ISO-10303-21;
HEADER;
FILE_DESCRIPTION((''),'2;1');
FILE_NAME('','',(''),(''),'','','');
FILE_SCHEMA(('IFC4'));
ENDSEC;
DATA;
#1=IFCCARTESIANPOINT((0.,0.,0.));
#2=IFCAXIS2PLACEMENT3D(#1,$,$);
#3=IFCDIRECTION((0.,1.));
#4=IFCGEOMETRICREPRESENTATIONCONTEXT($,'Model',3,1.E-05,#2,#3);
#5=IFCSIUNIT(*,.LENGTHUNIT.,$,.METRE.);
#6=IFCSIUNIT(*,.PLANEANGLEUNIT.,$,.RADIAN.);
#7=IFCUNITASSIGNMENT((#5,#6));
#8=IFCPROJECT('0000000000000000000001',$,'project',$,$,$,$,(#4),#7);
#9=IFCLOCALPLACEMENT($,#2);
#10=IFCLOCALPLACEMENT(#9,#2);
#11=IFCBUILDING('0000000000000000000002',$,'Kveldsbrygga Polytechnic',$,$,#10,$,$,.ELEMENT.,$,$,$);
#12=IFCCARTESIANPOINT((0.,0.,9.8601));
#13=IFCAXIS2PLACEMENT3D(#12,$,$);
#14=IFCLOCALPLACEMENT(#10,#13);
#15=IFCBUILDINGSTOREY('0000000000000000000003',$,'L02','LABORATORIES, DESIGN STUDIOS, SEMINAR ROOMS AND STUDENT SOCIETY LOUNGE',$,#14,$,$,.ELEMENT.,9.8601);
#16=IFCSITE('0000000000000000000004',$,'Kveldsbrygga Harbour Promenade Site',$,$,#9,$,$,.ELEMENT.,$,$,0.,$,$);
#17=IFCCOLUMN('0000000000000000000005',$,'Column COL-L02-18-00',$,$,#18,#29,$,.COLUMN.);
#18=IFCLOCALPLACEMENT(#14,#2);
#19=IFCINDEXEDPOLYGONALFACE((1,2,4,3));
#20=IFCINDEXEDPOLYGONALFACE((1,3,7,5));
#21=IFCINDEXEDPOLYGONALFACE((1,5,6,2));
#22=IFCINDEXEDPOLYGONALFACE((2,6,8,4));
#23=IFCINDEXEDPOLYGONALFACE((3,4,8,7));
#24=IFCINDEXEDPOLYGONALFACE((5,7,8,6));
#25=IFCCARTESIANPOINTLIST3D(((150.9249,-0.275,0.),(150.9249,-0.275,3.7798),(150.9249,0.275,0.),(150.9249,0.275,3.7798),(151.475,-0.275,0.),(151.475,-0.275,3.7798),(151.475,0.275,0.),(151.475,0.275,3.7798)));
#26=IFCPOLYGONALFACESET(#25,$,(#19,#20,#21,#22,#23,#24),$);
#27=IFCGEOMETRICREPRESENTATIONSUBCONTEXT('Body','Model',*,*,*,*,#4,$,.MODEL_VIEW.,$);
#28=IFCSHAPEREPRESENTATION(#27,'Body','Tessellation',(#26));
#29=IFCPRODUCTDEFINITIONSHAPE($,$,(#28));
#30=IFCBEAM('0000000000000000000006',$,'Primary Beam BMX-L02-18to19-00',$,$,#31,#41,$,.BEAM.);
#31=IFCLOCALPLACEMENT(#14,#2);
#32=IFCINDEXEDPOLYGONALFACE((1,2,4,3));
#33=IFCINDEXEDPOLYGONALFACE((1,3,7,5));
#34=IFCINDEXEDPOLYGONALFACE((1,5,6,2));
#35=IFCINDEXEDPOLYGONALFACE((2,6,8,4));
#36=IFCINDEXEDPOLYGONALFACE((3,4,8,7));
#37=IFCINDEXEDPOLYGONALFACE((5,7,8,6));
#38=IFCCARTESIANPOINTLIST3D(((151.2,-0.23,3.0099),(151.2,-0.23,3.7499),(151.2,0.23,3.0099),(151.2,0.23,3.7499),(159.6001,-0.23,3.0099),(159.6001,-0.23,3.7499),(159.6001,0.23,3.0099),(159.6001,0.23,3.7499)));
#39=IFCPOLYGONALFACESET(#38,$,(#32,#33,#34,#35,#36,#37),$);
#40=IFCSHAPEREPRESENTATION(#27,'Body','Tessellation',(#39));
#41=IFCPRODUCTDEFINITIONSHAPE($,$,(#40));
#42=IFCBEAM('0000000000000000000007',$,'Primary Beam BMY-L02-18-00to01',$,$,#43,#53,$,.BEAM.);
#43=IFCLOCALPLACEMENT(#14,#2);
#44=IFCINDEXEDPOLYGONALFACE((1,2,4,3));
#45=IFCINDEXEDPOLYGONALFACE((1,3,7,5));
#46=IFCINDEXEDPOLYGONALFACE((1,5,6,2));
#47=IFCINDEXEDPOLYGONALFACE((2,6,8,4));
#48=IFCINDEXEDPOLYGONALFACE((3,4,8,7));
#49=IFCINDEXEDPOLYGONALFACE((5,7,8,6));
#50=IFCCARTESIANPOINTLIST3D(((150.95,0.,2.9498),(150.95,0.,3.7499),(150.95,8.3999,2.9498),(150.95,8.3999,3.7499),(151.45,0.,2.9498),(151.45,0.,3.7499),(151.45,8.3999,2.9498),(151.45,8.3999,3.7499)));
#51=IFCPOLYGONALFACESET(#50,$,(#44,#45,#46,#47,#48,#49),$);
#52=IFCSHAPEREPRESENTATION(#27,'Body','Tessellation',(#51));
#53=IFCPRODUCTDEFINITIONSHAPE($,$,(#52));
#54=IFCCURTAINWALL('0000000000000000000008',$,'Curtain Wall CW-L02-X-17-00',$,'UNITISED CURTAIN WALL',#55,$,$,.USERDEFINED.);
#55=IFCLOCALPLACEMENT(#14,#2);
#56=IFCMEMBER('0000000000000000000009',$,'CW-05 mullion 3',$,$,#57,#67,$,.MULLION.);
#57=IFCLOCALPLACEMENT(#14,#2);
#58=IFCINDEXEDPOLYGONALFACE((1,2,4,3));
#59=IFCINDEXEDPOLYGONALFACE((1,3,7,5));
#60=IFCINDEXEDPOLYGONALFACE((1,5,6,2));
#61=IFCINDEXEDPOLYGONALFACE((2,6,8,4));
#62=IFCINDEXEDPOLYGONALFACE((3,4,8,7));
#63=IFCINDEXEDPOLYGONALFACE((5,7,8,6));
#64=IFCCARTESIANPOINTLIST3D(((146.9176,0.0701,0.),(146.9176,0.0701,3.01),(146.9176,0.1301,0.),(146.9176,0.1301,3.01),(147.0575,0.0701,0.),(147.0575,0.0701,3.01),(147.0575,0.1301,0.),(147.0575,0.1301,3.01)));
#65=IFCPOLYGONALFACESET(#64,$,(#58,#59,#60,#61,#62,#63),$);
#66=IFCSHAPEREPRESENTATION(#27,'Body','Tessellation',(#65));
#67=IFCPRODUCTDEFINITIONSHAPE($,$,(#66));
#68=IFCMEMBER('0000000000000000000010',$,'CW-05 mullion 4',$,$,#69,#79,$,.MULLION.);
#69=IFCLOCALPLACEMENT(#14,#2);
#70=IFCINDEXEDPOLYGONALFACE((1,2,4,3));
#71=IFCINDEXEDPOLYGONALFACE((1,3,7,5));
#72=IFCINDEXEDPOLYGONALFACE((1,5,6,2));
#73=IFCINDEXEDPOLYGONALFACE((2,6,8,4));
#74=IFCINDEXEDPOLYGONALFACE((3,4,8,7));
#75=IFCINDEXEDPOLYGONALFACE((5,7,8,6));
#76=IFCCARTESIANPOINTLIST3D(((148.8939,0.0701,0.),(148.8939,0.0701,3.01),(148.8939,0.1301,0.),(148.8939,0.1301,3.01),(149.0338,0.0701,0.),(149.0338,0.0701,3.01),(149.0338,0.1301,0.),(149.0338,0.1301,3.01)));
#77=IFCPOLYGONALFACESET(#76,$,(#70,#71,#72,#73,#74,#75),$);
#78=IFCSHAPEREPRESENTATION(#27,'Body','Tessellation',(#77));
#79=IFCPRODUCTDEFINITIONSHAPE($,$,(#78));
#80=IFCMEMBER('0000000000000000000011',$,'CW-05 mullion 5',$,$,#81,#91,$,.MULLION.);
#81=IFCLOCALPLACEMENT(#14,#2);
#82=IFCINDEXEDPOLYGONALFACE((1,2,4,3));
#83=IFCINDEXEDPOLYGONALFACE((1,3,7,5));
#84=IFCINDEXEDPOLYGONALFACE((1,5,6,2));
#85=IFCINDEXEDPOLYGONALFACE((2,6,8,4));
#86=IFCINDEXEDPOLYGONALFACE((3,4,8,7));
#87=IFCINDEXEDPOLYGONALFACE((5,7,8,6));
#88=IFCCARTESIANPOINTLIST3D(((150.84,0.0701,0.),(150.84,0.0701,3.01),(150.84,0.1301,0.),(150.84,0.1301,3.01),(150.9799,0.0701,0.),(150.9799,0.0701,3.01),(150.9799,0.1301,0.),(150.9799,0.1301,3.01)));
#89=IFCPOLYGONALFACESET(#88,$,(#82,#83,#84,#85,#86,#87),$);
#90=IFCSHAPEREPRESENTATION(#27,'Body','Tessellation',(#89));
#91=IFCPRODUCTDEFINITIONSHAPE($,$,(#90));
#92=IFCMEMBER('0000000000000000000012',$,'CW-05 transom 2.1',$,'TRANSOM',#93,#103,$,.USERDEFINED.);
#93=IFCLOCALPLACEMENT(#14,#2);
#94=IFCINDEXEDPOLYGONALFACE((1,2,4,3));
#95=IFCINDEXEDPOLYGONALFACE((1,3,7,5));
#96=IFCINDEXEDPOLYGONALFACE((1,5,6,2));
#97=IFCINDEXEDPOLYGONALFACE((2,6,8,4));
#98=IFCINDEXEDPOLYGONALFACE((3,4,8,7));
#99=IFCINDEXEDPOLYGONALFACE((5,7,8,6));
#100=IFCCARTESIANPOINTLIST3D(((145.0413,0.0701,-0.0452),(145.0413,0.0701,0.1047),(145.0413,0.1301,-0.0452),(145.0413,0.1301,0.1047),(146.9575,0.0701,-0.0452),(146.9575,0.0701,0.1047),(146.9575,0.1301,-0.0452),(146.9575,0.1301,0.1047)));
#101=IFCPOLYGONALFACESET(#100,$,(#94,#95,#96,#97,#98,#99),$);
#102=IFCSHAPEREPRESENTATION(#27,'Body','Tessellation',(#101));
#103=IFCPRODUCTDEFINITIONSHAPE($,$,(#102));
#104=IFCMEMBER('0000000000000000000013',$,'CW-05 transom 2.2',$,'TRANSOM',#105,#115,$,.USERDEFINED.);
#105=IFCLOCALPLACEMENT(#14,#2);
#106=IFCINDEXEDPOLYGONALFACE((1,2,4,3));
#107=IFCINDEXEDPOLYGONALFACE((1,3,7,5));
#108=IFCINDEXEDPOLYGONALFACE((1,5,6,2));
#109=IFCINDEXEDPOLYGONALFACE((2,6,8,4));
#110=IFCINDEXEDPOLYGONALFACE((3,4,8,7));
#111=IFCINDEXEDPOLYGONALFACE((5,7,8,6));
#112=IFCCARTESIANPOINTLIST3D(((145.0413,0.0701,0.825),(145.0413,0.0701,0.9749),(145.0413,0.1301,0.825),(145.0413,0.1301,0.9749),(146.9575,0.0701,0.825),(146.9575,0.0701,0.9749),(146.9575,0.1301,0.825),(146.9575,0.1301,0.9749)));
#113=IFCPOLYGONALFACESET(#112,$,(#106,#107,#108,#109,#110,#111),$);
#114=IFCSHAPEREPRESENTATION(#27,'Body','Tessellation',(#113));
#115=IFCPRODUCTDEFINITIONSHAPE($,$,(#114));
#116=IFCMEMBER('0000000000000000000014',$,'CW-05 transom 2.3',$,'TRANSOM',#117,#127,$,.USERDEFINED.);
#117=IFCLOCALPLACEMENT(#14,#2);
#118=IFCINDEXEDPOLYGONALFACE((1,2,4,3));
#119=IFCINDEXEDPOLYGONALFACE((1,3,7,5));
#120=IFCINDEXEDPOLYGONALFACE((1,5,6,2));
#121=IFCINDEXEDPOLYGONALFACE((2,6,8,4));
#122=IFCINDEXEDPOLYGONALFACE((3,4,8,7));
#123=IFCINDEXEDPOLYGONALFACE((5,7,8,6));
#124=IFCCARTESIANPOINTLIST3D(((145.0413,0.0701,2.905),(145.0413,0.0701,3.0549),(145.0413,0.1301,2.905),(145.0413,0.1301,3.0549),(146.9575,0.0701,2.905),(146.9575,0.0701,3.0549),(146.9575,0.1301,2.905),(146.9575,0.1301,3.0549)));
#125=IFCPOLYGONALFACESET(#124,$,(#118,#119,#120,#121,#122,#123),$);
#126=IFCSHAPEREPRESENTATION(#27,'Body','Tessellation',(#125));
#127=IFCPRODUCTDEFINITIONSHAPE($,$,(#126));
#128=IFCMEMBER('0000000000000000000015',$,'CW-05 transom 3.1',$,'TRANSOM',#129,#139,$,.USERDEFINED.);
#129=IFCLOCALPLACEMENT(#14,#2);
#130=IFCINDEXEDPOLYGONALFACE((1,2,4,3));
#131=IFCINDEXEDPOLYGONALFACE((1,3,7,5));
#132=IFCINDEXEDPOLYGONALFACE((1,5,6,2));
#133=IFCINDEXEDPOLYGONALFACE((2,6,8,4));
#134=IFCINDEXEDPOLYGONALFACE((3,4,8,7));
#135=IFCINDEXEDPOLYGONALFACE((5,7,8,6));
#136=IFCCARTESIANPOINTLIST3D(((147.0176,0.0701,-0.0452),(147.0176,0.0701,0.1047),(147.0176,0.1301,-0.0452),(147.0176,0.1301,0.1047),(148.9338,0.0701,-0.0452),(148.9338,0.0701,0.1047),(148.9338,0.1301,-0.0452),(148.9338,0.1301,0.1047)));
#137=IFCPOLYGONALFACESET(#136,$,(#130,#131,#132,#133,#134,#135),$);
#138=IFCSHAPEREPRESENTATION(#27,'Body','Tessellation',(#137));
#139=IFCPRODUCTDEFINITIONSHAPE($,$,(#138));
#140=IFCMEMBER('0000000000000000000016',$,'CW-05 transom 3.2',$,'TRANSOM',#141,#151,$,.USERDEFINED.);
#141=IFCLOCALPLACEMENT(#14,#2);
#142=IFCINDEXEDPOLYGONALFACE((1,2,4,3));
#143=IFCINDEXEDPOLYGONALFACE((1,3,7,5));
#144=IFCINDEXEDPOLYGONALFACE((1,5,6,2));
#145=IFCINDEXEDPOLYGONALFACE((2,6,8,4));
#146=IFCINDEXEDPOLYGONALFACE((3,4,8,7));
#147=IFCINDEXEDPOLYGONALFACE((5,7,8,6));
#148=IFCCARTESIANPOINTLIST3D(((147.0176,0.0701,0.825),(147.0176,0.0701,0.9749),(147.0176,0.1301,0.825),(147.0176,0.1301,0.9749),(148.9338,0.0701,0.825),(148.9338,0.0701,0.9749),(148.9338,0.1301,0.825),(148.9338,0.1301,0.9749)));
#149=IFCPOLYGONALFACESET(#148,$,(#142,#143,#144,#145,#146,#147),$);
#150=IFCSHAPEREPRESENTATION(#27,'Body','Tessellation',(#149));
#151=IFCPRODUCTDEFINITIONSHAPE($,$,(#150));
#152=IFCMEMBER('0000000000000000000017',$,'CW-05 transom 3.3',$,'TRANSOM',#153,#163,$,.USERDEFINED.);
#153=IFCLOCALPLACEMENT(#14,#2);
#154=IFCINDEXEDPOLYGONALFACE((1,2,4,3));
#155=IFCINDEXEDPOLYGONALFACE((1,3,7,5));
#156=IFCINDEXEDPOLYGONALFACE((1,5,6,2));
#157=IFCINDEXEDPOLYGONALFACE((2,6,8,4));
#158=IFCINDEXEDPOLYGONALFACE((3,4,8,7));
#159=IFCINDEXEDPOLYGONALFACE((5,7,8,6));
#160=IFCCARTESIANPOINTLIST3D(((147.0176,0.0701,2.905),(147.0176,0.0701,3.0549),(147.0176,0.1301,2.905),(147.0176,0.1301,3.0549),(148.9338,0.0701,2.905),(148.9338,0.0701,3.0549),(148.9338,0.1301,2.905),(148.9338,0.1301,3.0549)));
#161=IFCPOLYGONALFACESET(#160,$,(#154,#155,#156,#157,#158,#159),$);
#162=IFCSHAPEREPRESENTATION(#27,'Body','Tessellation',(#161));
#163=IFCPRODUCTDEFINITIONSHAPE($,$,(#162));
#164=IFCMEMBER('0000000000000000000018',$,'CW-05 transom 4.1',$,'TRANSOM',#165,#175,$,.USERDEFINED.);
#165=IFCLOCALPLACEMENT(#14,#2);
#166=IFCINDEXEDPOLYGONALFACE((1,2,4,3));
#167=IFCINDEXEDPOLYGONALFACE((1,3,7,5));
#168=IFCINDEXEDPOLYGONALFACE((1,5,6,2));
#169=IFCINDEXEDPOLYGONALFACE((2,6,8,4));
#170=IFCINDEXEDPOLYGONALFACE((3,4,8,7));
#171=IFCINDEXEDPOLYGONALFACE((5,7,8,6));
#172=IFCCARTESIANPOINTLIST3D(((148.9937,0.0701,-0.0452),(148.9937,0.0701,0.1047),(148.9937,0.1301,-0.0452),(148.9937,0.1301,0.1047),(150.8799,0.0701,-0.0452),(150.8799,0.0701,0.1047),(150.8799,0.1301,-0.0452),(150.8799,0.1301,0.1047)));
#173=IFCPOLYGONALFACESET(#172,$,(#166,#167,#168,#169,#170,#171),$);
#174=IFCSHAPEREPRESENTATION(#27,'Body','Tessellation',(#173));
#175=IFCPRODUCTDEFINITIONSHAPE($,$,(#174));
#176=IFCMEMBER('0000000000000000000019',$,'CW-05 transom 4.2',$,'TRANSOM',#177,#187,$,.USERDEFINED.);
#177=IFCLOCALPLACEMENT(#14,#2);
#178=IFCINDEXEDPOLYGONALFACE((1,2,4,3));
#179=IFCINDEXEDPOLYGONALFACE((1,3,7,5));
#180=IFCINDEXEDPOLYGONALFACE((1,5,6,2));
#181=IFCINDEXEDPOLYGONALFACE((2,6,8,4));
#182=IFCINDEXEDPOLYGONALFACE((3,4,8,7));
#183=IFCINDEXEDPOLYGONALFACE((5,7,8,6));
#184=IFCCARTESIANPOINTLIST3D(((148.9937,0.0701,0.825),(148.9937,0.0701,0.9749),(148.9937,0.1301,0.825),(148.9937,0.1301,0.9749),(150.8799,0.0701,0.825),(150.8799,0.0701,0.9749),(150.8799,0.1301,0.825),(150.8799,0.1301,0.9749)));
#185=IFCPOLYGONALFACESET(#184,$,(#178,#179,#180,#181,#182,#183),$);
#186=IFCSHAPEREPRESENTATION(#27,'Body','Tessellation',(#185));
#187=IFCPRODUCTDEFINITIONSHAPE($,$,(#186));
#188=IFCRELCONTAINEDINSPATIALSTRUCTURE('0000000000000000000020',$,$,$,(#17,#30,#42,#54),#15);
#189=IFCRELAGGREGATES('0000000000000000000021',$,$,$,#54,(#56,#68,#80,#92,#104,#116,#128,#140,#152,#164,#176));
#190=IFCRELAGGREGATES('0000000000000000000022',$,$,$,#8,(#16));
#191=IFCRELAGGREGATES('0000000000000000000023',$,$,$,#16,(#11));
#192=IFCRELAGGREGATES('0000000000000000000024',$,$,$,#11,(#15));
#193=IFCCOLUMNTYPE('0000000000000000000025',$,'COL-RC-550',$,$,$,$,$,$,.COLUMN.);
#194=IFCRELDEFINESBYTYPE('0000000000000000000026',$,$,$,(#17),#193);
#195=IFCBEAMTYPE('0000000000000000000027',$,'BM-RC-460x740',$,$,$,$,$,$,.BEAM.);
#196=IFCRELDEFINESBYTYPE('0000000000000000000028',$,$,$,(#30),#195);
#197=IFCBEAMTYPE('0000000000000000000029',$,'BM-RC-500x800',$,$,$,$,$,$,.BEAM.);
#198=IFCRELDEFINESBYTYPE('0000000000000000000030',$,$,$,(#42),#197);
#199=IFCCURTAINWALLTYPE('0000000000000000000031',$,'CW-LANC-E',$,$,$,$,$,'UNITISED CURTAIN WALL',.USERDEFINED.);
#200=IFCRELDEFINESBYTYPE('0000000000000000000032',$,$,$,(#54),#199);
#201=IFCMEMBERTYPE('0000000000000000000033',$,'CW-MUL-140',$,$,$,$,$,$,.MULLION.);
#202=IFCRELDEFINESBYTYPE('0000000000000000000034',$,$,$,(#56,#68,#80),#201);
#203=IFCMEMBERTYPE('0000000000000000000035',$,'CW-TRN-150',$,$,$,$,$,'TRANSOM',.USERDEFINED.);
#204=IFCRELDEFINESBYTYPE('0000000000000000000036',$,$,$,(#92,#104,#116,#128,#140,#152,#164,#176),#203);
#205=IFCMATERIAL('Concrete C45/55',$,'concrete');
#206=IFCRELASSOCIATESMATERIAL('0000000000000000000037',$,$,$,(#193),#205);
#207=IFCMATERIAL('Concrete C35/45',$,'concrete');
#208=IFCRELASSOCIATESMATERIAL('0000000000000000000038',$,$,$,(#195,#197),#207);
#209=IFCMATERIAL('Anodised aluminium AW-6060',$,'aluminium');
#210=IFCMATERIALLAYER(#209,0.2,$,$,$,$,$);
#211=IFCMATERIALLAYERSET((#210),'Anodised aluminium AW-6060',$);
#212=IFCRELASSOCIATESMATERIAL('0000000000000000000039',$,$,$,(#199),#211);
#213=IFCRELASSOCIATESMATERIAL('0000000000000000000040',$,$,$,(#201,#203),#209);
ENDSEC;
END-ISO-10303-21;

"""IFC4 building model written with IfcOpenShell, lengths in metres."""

from ifc_helpers import new_model, si_unit, direction, frame, origin, origin_2d, place, context, subcontext, project, spatial, rectangle, extrude, material, layer, layer_set, material_profile, profile_set, type_object, element, aggregate, save


model = new_model("IFC4")

# Units and contexts
model_context = context("Model", 3, precision=1e-05, world=origin(), true_north=direction((0.0, 1.0)))
body_context = subcontext(model_context, "Body", "Model", "MODEL_VIEW")
ifc_project = project(units=[si_unit("LENGTHUNIT", "METRE"), si_unit("PLANEANGLEUNIT", "RADIAN")], contexts=[model_context])

# Site, building, storey
site_placement = place(None, origin())
site = spatial("IfcSite", under=ifc_project, at=site_placement, Name="Kveldsbrygga Harbour Promenade Site", CompositionType="ELEMENT", RefElevation=0.0)
building_placement = place(site_placement, origin())
building = spatial("IfcBuilding", under=site, at=building_placement, Name="Kveldsbrygga Polytechnic", CompositionType="ELEMENT")
storey_placement = place(building_placement, frame((0.0, 0.0, 9.8601)))
storey = spatial("IfcBuildingStorey", under=building, at=storey_placement, Name="L02", Description="LABORATORIES, DESIGN STUDIOS, SEMINAR ROOMS AND STUDENT SOCIETY LOUNGE", CompositionType="ELEMENT", Elevation=9.8601)

# Column
ifc_material_1 = material(Name="Concrete C45/55", Category="concrete")
ifc_material_profile_1 = material_profile(ifc_material_1, rectangle(XDim=0.55, YDim=0.55, at=origin_2d()), Name="RC 550x550")
ifc_profile_set_1 = profile_set([ifc_material_profile_1], Name="Concrete C45/55")
column_type = type_object("IfcColumnType", Name="COL-RC-550", PredefinedType="COLUMN", material=ifc_profile_set_1)
column_placement = place(storey_placement, frame((151.2, 0.0, 0.0), z_axis=(0.0, 0.0, 1.0), x_axis=(1.0, 0.0, 0.0)))
element("IfcColumn", 1, at=column_placement, inside=storey, type_object=column_type, Name="Column COL-L02-18-00", PredefinedType="COLUMN", context=body_context, shape_type="SweptSolid", body=[
    extrude(rectangle(XDim=0.55, YDim=0.55, at=origin_2d()), origin(), (0.0, 0.0, 1.0), 3.7798),
])

# Beams
ifc_material_2 = material(Name="Concrete C35/45", Category="concrete")
ifc_material_profile_2 = material_profile(ifc_material_2, rectangle(XDim=0.46, YDim=0.74, at=origin_2d()), Name="RC 460x740")
ifc_profile_set_2 = profile_set([ifc_material_profile_2], Name="Concrete C35/45")
beam_type_1 = type_object("IfcBeamType", Name="BM-RC-460x740", PredefinedType="BEAM", material=ifc_profile_set_2)
beam_1_placement = place(storey_placement, frame((151.2, 0.0, 3.3799), z_axis=(1.0, 0.0, 0.0), x_axis=(0.0, 1.0, 0.0)))
element("IfcBeam", 2, at=beam_1_placement, inside=storey, type_object=beam_type_1, Name="Primary Beam BMX-L02-18to19-00", PredefinedType="BEAM", context=body_context, shape_type="SweptSolid", body=[
    extrude(rectangle(XDim=0.46, YDim=0.74, at=origin_2d()), origin(), (0.0, 0.0, 1.0), 8.4001),
])
ifc_material_profile_3 = material_profile(ifc_material_2, rectangle(XDim=0.5, YDim=0.8, at=origin_2d()), Name="RC 500x800")
ifc_profile_set_3 = profile_set([ifc_material_profile_3], Name="Concrete C35/45")
beam_type_2 = type_object("IfcBeamType", Name="BM-RC-500x800", PredefinedType="BEAM", material=ifc_profile_set_3)
beam_2_placement = place(storey_placement, frame((151.2, 0.0, 3.3499), z_axis=(0.0, 1.0, 0.0), x_axis=(-1.0, 0.0, 0.0)))
element("IfcBeam", 3, at=beam_2_placement, inside=storey, type_object=beam_type_2, Name="Primary Beam BMY-L02-18-00to01", PredefinedType="BEAM", context=body_context, shape_type="SweptSolid", body=[
    extrude(rectangle(XDim=0.5, YDim=0.8, at=origin_2d()), origin(), (0.0, 0.0, 1.0), 8.3999),
])

# Curtain wall, members
ifc_material_3 = material(Name="Anodised aluminium AW-6060", Category="aluminium")
ifc_layer_1 = layer(ifc_material_3, 0.2)
ifc_layer_set_1 = layer_set([ifc_layer_1], Name="Anodised aluminium AW-6060")
curtain_wall_type = type_object("IfcCurtainWallType", Name="CW-LANC-E", ElementType="UNITISED CURTAIN WALL", PredefinedType="USERDEFINED", material=ifc_layer_set_1)
curtain_wall_placement = place(storey_placement, origin())
curtain_wall = element("IfcCurtainWall", 4, at=curtain_wall_placement, inside=storey, type_object=curtain_wall_type, Name="Curtain Wall CW-L02-X-17-00", ObjectType="UNITISED CURTAIN WALL", PredefinedType="USERDEFINED")
ifc_material_profile_4 = material_profile(ifc_material_3, rectangle(XDim=0.0601, YDim=0.1399, at=origin_2d()), Name="ALU 60x140")
ifc_profile_set_4 = profile_set([ifc_material_profile_4], Name="Anodised aluminium AW-6060")
member_type_1 = type_object("IfcMemberType", Name="CW-MUL-140", PredefinedType="MULLION", material=ifc_profile_set_4)
member_1_placement = place(storey_placement, frame((146.9875, 0.1001, 0.0), z_axis=(0.0, 0.0, 1.0), x_axis=(0.0, 1.0, 0.0)))
member_1 = element("IfcMember", 5, at=member_1_placement, type_object=member_type_1, Name="CW-05 mullion 3", PredefinedType="MULLION", context=body_context, shape_type="SweptSolid", body=[
    extrude(rectangle(XDim=0.0601, YDim=0.1399, at=origin_2d()), origin(), (0.0, 0.0, 1.0), 3.01),
])
member_2_placement = place(storey_placement, frame((148.9639, 0.1001, 0.0), z_axis=(0.0, 0.0, 1.0), x_axis=(0.0, 1.0, 0.0)))
member_2 = element("IfcMember", 6, at=member_2_placement, type_object=member_type_1, Name="CW-05 mullion 4", PredefinedType="MULLION", context=body_context, shape_type="SweptSolid", body=[
    extrude(rectangle(XDim=0.0601, YDim=0.1399, at=origin_2d()), origin(), (0.0, 0.0, 1.0), 3.01),
])
member_3_placement = place(storey_placement, frame((150.9099, 0.1001, 0.0), z_axis=(0.0, 0.0, 1.0), x_axis=(0.0, 1.0, 0.0)))
member_3 = element("IfcMember", 7, at=member_3_placement, type_object=member_type_1, Name="CW-05 mullion 5", PredefinedType="MULLION", context=body_context, shape_type="SweptSolid", body=[
    extrude(rectangle(XDim=0.0601, YDim=0.1399, at=origin_2d()), origin(), (0.0, 0.0, 1.0), 3.01),
])
ifc_material_profile_5 = material_profile(ifc_material_3, rectangle(XDim=0.0601, YDim=0.1499, at=origin_2d()), Name="ALU 60x150")
ifc_profile_set_5 = profile_set([ifc_material_profile_5], Name="Anodised aluminium AW-6060")
member_type_2 = type_object("IfcMemberType", Name="CW-TRN-150", ElementType="TRANSOM", PredefinedType="USERDEFINED", material=ifc_profile_set_5)
member_4_placement = place(storey_placement, frame((145.0413, 0.1001, 0.0298), z_axis=(1.0, 0.0, 0.0), x_axis=(0.0, 1.0, 0.0)))
member_4 = element("IfcMember", 8, at=member_4_placement, type_object=member_type_2, Name="CW-05 transom 2.1", ObjectType="TRANSOM", PredefinedType="USERDEFINED", context=body_context, shape_type="SweptSolid", body=[
    extrude(rectangle(XDim=0.0601, YDim=0.1499, at=origin_2d()), origin(), (0.0, 0.0, 1.0), 1.9163),
])
member_5_placement = place(storey_placement, frame((145.0413, 0.1001, 0.8999), z_axis=(1.0, 0.0, 0.0), x_axis=(0.0, 1.0, 0.0)))
member_5 = element("IfcMember", 9, at=member_5_placement, type_object=member_type_2, Name="CW-05 transom 2.2", ObjectType="TRANSOM", PredefinedType="USERDEFINED", context=body_context, shape_type="SweptSolid", body=[
    extrude(rectangle(XDim=0.0601, YDim=0.1499, at=origin_2d()), origin(), (0.0, 0.0, 1.0), 1.9163),
])
member_6_placement = place(storey_placement, frame((145.0413, 0.1001, 2.98), z_axis=(1.0, 0.0, 0.0), x_axis=(0.0, 1.0, 0.0)))
member_6 = element("IfcMember", 10, at=member_6_placement, type_object=member_type_2, Name="CW-05 transom 2.3", ObjectType="TRANSOM", PredefinedType="USERDEFINED", context=body_context, shape_type="SweptSolid", body=[
    extrude(rectangle(XDim=0.0601, YDim=0.1499, at=origin_2d()), origin(), (0.0, 0.0, 1.0), 1.9163),
])
member_7_placement = place(storey_placement, frame((147.0176, 0.1001, 0.0298), z_axis=(1.0, 0.0, 0.0), x_axis=(0.0, 1.0, 0.0)))
member_7 = element("IfcMember", 11, at=member_7_placement, type_object=member_type_2, Name="CW-05 transom 3.1", ObjectType="TRANSOM", PredefinedType="USERDEFINED", context=body_context, shape_type="SweptSolid", body=[
    extrude(rectangle(XDim=0.0601, YDim=0.1499, at=origin_2d()), origin(), (0.0, 0.0, 1.0), 1.9163),
])
member_8_placement = place(storey_placement, frame((147.0176, 0.1001, 0.8999), z_axis=(1.0, 0.0, 0.0), x_axis=(0.0, 1.0, 0.0)))
member_8 = element("IfcMember", 12, at=member_8_placement, type_object=member_type_2, Name="CW-05 transom 3.2", ObjectType="TRANSOM", PredefinedType="USERDEFINED", context=body_context, shape_type="SweptSolid", body=[
    extrude(rectangle(XDim=0.0601, YDim=0.1499, at=origin_2d()), origin(), (0.0, 0.0, 1.0), 1.9163),
])
member_9_placement = place(storey_placement, frame((147.0176, 0.1001, 2.98), z_axis=(1.0, 0.0, 0.0), x_axis=(0.0, 1.0, 0.0)))
member_9 = element("IfcMember", 13, at=member_9_placement, type_object=member_type_2, Name="CW-05 transom 3.3", ObjectType="TRANSOM", PredefinedType="USERDEFINED", context=body_context, shape_type="SweptSolid", body=[
    extrude(rectangle(XDim=0.0601, YDim=0.1499, at=origin_2d()), origin(), (0.0, 0.0, 1.0), 1.9163),
])
member_10_placement = place(storey_placement, frame((148.9937, 0.1001, 0.0298), z_axis=(1.0, 0.0, 0.0), x_axis=(0.0, 1.0, 0.0)))
member_10 = element("IfcMember", 14, at=member_10_placement, type_object=member_type_2, Name="CW-05 transom 4.1", ObjectType="TRANSOM", PredefinedType="USERDEFINED", context=body_context, shape_type="SweptSolid", body=[
    extrude(rectangle(XDim=0.0601, YDim=0.1499, at=origin_2d()), origin(), (0.0, 0.0, 1.0), 1.8862),
])
member_11_placement = place(storey_placement, frame((148.9937, 0.1001, 0.8999), z_axis=(1.0, 0.0, 0.0), x_axis=(0.0, 1.0, 0.0)))
member_11 = element("IfcMember", 15, at=member_11_placement, type_object=member_type_2, Name="CW-05 transom 4.2", ObjectType="TRANSOM", PredefinedType="USERDEFINED", context=body_context, shape_type="SweptSolid", body=[
    extrude(rectangle(XDim=0.0601, YDim=0.1499, at=origin_2d()), origin(), (0.0, 0.0, 1.0), 1.8862),
])
aggregate(curtain_wall, [member_1, member_2, member_3, member_4, member_5, member_6, member_7, member_8, member_9, member_10, member_11])

save(model, "model.ifc")
